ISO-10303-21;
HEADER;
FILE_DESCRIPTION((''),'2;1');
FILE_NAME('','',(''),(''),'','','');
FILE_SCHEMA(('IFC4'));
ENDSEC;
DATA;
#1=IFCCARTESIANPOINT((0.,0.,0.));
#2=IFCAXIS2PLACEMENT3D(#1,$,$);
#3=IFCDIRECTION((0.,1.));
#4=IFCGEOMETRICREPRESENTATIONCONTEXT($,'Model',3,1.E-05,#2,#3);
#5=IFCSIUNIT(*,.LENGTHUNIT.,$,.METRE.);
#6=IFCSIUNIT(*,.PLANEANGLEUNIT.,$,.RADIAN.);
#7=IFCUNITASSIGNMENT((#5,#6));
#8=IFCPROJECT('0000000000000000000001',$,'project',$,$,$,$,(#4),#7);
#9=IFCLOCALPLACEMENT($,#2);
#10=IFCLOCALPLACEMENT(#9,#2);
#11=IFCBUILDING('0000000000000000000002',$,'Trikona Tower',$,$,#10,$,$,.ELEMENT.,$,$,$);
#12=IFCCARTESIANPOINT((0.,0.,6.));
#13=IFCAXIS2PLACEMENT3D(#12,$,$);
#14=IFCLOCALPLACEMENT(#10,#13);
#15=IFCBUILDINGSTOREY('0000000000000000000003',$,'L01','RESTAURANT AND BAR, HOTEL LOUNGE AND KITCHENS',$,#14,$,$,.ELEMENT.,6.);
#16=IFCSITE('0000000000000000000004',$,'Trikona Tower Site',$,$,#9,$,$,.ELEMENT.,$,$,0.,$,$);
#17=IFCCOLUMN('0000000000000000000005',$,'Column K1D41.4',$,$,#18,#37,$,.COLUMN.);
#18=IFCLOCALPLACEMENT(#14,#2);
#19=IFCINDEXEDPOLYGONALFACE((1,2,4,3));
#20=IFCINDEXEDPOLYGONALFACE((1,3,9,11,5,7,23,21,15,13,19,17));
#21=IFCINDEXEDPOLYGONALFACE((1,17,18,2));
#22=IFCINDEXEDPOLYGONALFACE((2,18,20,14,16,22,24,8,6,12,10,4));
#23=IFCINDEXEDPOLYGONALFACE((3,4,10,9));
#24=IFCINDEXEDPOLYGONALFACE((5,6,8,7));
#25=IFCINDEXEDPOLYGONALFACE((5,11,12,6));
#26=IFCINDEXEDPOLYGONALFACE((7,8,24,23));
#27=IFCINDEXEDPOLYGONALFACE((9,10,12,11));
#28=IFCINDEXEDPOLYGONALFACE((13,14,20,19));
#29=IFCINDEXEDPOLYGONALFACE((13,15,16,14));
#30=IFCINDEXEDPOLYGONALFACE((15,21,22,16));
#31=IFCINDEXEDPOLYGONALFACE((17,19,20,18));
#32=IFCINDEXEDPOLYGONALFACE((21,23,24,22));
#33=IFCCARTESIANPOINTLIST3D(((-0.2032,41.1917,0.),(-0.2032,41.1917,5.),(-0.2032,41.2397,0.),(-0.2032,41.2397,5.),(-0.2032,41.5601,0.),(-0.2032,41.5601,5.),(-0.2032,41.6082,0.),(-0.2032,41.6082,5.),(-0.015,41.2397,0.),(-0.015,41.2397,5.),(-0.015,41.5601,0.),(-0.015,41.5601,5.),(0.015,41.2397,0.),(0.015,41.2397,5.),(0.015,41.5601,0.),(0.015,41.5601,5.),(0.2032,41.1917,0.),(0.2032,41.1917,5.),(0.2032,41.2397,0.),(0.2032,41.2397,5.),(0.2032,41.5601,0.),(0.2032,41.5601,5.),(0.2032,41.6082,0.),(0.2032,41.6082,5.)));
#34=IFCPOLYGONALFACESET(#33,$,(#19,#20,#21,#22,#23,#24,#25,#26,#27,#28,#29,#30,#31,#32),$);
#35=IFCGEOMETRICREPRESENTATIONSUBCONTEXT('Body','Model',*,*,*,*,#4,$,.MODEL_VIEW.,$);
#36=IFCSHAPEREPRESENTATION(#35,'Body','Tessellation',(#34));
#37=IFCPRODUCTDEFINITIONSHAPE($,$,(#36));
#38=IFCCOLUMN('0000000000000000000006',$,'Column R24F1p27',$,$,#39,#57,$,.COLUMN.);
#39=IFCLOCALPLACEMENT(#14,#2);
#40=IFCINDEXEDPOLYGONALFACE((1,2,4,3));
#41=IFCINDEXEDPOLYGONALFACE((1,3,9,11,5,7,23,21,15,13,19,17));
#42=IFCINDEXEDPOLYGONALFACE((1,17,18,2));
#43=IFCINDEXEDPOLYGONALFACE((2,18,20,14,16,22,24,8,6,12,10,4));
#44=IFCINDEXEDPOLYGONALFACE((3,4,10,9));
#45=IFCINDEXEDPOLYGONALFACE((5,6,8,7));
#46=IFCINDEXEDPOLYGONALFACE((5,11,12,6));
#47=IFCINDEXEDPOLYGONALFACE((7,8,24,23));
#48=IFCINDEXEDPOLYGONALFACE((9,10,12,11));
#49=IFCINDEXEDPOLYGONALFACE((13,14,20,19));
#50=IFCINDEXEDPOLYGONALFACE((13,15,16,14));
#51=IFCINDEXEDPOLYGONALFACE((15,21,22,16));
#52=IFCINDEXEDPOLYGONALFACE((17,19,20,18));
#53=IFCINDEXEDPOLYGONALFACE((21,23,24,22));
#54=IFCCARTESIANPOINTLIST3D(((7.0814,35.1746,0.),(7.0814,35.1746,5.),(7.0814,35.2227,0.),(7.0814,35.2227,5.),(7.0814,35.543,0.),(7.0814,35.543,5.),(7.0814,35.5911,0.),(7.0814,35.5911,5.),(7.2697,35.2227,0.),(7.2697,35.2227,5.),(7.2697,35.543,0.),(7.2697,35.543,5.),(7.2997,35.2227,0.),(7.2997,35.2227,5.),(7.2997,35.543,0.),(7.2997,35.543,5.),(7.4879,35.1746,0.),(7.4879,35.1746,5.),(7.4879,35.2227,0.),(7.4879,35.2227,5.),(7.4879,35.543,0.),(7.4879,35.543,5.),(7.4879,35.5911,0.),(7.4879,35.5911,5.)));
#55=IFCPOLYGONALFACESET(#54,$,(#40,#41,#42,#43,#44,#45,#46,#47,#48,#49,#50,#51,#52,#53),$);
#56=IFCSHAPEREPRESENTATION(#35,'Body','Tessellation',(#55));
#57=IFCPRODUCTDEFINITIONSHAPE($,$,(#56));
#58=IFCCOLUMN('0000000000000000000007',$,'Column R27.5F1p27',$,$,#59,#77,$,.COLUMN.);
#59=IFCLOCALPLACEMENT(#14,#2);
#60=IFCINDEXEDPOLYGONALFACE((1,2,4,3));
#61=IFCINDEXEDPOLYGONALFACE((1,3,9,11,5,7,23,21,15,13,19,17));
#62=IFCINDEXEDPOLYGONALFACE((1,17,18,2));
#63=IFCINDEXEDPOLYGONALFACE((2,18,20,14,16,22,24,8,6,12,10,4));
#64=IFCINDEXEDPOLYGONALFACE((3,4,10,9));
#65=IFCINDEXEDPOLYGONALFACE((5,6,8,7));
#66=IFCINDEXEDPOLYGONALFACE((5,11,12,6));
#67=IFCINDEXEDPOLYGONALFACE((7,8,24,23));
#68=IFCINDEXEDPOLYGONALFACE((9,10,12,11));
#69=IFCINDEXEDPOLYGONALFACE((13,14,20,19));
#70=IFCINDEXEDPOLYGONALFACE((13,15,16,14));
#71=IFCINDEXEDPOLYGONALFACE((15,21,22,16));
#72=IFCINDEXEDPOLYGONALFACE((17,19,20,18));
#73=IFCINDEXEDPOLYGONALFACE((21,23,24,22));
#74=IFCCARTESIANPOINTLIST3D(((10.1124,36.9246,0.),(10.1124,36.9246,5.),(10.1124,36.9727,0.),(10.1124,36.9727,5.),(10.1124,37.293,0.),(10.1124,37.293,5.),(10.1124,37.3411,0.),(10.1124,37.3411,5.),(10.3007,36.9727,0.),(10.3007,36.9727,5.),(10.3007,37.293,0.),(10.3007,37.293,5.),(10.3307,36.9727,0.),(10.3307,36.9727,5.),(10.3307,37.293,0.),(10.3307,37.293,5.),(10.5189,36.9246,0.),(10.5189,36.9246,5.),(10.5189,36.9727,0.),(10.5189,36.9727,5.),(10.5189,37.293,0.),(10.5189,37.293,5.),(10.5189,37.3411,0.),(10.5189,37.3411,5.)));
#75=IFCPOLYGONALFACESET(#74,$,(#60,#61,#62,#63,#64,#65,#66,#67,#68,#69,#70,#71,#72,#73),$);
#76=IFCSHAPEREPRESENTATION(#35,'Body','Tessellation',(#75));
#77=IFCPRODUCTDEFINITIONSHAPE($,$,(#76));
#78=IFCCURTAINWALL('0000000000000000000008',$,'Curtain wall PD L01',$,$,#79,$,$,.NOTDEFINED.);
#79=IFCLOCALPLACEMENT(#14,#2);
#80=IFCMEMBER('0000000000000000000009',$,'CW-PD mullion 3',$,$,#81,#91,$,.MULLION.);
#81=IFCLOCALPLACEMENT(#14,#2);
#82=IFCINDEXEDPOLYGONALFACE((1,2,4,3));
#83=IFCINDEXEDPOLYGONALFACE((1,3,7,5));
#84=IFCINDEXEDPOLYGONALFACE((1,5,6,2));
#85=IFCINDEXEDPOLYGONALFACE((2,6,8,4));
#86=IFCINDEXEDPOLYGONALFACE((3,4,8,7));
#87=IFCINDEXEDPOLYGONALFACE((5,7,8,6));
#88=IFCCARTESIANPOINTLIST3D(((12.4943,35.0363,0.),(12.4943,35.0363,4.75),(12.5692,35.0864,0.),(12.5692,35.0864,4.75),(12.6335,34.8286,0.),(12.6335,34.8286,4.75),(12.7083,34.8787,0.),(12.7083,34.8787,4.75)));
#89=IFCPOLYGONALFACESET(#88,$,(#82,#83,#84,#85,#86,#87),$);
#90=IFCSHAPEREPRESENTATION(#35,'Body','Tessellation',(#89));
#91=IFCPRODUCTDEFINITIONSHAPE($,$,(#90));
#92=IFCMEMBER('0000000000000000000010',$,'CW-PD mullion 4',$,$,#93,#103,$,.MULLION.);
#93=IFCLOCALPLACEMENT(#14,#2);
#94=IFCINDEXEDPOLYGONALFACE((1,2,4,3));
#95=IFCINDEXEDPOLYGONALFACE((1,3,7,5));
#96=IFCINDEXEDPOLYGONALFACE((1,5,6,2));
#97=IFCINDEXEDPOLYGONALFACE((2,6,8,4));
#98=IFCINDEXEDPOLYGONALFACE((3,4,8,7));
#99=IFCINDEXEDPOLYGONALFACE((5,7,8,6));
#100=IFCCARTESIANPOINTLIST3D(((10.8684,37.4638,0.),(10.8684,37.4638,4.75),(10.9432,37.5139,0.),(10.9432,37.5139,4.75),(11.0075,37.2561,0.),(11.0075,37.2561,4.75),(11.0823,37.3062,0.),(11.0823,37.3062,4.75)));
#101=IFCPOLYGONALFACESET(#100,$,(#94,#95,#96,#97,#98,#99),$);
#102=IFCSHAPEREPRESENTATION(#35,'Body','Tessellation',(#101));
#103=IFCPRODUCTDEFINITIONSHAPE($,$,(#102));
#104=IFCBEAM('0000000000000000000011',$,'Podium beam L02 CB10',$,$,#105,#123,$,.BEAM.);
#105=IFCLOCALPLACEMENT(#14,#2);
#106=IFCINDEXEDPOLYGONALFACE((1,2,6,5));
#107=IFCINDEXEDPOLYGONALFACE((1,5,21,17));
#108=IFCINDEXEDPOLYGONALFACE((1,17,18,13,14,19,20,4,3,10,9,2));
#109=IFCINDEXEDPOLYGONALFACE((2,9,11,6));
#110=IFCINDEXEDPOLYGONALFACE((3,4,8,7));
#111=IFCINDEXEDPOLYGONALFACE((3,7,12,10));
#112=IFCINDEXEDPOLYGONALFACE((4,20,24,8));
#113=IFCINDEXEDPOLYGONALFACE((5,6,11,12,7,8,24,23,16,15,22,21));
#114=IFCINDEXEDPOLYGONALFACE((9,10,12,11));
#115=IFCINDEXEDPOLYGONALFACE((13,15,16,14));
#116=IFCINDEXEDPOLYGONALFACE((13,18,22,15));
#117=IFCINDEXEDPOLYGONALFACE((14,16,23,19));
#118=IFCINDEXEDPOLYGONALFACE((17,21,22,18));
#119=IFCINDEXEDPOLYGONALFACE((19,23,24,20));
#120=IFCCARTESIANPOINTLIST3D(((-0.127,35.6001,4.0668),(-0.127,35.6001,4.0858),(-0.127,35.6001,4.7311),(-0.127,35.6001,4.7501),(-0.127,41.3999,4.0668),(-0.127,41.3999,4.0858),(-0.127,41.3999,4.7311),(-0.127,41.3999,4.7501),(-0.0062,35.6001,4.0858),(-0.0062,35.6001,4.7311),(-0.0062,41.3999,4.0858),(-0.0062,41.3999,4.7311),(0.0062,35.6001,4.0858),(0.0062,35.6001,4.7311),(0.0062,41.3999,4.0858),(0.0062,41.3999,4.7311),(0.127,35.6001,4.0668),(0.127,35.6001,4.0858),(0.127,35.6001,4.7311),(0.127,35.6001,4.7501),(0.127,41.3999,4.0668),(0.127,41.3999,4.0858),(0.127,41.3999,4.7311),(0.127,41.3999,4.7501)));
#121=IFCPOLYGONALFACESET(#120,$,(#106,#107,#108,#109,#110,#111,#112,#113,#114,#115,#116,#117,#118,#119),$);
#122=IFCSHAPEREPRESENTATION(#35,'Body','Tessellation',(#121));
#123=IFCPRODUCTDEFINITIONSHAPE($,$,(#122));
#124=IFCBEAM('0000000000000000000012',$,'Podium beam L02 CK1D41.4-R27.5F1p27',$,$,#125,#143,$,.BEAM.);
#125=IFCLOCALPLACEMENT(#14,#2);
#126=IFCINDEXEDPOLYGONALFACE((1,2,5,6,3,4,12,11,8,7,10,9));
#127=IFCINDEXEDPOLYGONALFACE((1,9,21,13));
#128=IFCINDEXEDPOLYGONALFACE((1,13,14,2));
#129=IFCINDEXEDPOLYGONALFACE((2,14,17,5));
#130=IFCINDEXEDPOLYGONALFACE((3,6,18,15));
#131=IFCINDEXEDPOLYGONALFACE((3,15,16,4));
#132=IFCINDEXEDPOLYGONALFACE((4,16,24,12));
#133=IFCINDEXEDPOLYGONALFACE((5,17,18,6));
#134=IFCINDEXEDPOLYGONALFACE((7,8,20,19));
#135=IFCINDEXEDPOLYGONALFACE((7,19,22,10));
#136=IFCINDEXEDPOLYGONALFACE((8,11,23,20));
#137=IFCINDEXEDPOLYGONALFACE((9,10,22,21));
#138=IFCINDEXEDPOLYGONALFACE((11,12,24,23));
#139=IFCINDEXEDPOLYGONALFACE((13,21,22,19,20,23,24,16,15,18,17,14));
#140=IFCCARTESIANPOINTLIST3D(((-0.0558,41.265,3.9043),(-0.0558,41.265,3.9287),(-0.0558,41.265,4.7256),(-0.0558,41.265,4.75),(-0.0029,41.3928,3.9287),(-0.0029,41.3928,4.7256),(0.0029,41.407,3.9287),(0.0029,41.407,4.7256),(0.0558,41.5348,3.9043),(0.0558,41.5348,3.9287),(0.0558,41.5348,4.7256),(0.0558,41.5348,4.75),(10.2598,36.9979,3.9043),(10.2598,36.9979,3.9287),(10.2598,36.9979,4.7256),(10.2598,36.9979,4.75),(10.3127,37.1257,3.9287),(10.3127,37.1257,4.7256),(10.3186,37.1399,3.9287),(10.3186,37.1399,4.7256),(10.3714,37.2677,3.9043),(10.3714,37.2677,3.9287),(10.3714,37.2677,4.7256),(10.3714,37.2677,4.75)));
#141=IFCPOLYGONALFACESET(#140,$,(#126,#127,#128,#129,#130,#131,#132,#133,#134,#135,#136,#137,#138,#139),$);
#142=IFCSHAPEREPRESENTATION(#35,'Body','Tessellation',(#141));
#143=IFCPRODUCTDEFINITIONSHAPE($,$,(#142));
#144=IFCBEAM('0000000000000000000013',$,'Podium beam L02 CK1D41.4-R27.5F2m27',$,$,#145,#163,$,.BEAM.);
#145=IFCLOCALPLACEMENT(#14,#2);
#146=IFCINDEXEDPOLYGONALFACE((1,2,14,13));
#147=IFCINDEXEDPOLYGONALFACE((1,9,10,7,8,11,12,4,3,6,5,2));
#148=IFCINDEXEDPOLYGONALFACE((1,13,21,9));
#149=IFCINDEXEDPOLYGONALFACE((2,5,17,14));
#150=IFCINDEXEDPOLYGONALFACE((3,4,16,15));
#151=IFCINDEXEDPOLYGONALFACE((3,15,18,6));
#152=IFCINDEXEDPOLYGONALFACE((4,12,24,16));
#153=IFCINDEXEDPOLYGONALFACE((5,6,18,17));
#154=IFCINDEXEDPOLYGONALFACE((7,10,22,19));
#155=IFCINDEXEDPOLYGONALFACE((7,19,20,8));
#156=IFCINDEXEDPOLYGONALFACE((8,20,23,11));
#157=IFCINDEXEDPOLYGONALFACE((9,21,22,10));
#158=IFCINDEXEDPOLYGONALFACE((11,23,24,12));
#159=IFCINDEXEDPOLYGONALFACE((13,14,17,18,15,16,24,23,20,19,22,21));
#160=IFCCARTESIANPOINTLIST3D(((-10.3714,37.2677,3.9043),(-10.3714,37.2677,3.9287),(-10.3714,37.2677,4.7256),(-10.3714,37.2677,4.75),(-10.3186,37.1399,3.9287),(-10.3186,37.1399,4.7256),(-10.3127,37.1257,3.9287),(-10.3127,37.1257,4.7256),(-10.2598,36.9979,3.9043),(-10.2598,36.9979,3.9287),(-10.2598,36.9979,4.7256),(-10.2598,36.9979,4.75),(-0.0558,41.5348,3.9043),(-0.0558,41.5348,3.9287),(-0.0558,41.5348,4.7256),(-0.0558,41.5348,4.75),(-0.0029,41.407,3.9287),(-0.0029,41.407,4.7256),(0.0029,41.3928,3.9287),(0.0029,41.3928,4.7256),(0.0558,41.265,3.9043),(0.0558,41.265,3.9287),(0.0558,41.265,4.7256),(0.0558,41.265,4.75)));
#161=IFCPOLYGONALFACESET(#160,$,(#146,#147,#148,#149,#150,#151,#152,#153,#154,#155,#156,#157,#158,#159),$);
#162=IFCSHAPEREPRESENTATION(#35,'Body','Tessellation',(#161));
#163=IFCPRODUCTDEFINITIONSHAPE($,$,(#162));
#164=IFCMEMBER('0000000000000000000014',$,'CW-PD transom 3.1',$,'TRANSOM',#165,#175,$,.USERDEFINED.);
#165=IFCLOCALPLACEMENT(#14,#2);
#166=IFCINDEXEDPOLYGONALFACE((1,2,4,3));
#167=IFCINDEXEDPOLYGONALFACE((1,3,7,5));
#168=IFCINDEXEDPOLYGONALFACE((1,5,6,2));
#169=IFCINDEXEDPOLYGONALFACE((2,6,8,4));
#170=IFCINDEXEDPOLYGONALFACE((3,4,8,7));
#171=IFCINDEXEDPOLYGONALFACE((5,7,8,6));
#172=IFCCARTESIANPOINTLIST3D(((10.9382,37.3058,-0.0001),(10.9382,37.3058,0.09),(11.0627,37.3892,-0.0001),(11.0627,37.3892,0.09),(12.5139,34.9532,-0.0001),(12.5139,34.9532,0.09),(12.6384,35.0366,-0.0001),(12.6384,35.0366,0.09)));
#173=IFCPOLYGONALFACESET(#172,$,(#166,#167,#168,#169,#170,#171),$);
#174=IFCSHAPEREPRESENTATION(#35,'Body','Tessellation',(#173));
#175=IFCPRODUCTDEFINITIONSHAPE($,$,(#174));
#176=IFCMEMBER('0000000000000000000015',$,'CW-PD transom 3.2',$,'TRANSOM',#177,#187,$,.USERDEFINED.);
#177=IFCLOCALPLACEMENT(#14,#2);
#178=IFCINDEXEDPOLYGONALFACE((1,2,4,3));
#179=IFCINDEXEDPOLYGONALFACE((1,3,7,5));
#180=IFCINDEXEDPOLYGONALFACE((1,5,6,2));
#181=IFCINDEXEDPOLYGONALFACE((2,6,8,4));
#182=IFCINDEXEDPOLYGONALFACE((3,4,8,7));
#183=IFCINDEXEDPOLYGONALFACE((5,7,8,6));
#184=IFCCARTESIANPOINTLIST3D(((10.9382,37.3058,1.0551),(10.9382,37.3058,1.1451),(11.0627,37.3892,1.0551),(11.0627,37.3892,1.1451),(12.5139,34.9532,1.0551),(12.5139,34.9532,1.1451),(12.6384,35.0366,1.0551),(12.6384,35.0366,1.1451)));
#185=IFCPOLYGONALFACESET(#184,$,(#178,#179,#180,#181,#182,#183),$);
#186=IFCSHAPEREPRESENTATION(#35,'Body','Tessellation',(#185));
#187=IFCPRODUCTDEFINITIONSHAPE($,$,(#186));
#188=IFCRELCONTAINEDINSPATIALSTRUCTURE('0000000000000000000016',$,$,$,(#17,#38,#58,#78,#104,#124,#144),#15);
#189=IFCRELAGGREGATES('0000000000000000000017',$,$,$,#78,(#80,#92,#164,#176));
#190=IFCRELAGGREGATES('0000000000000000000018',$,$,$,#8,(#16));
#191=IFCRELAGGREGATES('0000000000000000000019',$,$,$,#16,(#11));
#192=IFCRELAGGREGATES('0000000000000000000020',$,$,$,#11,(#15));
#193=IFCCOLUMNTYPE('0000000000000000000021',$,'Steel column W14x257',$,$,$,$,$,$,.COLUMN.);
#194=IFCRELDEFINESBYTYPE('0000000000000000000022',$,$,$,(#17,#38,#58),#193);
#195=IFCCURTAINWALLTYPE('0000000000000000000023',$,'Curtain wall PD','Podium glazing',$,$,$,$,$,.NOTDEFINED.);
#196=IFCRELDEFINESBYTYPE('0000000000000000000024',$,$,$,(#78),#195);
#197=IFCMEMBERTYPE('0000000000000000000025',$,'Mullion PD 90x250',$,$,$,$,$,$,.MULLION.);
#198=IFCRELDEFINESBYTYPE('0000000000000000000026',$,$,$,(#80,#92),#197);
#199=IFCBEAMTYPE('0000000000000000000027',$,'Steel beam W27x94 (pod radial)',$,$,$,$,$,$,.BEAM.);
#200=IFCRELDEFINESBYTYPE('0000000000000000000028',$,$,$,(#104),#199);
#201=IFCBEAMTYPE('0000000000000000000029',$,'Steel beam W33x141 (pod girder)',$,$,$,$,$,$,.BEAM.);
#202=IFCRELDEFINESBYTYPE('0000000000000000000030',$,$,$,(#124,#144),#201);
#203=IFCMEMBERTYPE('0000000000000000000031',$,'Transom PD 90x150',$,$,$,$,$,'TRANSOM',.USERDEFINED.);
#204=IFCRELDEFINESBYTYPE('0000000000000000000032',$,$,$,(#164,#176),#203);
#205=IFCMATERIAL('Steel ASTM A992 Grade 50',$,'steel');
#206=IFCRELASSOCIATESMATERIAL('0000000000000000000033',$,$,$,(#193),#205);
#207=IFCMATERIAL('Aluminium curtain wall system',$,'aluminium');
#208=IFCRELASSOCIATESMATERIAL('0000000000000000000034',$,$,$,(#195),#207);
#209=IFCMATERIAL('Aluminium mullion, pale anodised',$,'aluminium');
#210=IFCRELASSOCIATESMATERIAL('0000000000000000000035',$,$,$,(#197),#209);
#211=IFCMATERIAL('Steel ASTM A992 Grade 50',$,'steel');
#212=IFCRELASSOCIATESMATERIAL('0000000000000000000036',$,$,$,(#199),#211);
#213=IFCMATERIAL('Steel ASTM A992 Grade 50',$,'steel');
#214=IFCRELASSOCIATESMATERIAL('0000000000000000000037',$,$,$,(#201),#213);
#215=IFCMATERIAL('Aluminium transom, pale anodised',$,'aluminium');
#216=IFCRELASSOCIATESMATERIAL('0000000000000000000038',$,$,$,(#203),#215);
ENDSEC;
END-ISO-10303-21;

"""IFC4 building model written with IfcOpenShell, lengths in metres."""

from ifc_helpers import new_model, si_unit, direction, frame, origin, origin_2d, place, context, subcontext, project, spatial, rectangle, i_section, extrude, material, material_profile, profile_set, type_object, element, aggregate, save


model = new_model("IFC4")

# Units and contexts
model_context = context("Model", 3, precision=1e-05, world=origin(), true_north=direction((0.0, 1.0)))
body_context = subcontext(model_context, "Body", "Model", "MODEL_VIEW")
ifc_project = project(units=[si_unit("LENGTHUNIT", "METRE"), si_unit("PLANEANGLEUNIT", "RADIAN")], contexts=[model_context])

# Site, building, storey
site_placement = place(None, origin())
site = spatial("IfcSite", under=ifc_project, at=site_placement, Name="Trikona Tower Site", CompositionType="ELEMENT", RefElevation=0.0)
building_placement = place(site_placement, origin())
building = spatial("IfcBuilding", under=site, at=building_placement, Name="Trikona Tower", CompositionType="ELEMENT")
storey_placement = place(building_placement, frame((0.0, 0.0, 6.0)))
storey = spatial("IfcBuildingStorey", under=building, at=storey_placement, Name="L01", Description="RESTAURANT AND BAR, HOTEL LOUNGE AND KITCHENS", CompositionType="ELEMENT", Elevation=6.0)

# Columns
ifc_material_1 = material(Name="Steel ASTM A992 Grade 50", Category="steel")
ifc_material_profile_1 = material_profile(ifc_material_1, i_section(OverallWidth=0.4065, OverallDepth=0.4165, WebThickness=0.03, FlangeThickness=0.0481, at=origin_2d()), Name="W14X257")
ifc_profile_set_1 = profile_set([ifc_material_profile_1], Name="Steel ASTM A992 Grade 50")
column_type = type_object("IfcColumnType", Name="Steel column W14x257", PredefinedType="COLUMN", material=ifc_profile_set_1)
for number, where, z_axis, x_axis, name in (
    (1, (0.0, 41.3999, 0.0), (0.0, 0.0, 1.0), (1.0, 0.0, 0.0), "Column K1D41.4"),
    (2, (7.2847, 35.3828, 0.0), (0.0, 0.0, 1.0), (1.0, 0.0, 0.0), "Column R24F1p27"),
    (3, (10.3157, 37.1328, 0.0), (0.0, 0.0, 1.0), (1.0, 0.0, 0.0), "Column R27.5F1p27"),
):
    element("IfcColumn", number, at=place(storey_placement, frame(where, z_axis=z_axis, x_axis=x_axis)), inside=storey, type_object=column_type, Name=name, PredefinedType="COLUMN", context=body_context, shape_type="SweptSolid", body=[
        extrude(i_section(OverallWidth=0.4065, OverallDepth=0.4165, WebThickness=0.03, FlangeThickness=0.0481, at=origin_2d()), origin(), (0.0, 0.0, 1.0), 5.0),
    ])

# Curtain wall, members
ifc_material_2 = material(Name="Aluminium curtain wall system", Category="aluminium")
curtain_wall_type = type_object("IfcCurtainWallType", Name="Curtain wall PD", Description="Podium glazing", PredefinedType="NOTDEFINED", material=ifc_material_2)
curtain_wall_placement = place(storey_placement, origin())
curtain_wall = element("IfcCurtainWall", 4, at=curtain_wall_placement, inside=storey, type_object=curtain_wall_type, Name="Curtain wall PD L01", PredefinedType="NOTDEFINED")
ifc_material_3 = material(Name="Aluminium mullion, pale anodised", Category="aluminium")
ifc_material_profile_2 = material_profile(ifc_material_3, rectangle(XDim=0.0901, YDim=0.25, at=origin_2d()), Name="MUL-PD")
ifc_profile_set_2 = profile_set([ifc_material_profile_2], Name="Aluminium mullion, pale anodised")
member_type_1 = type_object("IfcMemberType", Name="Mullion PD 90x250", PredefinedType="MULLION", material=ifc_profile_set_2)
member_1_placement = place(storey_placement, frame((12.6013, 34.9575, 0.0), z_axis=(0.0, 0.0, 1.0), x_axis=(-0.830852, -0.556493, 0.0)))
member_1 = element("IfcMember", 5, at=member_1_placement, type_object=member_type_1, Name="CW-PD mullion 3", PredefinedType="MULLION", context=body_context, shape_type="SweptSolid", body=[
    extrude(rectangle(XDim=0.0901, YDim=0.25, at=origin_2d()), origin(), (0.0, 0.0, 1.0), 4.75),
])
member_2_placement = place(storey_placement, frame((10.9753, 37.385, 0.0), z_axis=(0.0, 0.0, 1.0), x_axis=(-0.830852, -0.556493, 0.0)))
member_2 = element("IfcMember", 6, at=member_2_placement, type_object=member_type_1, Name="CW-PD mullion 4", PredefinedType="MULLION", context=body_context, shape_type="SweptSolid", body=[
    extrude(rectangle(XDim=0.0901, YDim=0.25, at=origin_2d()), origin(), (0.0, 0.0, 1.0), 4.75),
])

# Beams
ifc_material_4 = material(Name="Steel ASTM A992 Grade 50", Category="steel")
ifc_material_profile_3 = material_profile(ifc_material_4, i_section(OverallWidth=0.2539, OverallDepth=0.6833, WebThickness=0.0125, FlangeThickness=0.019, at=origin_2d()), Name="W27X94")
ifc_profile_set_3 = profile_set([ifc_material_profile_3], Name="Steel ASTM A992 Grade 50")
beam_type_1 = type_object("IfcBeamType", Name="Steel beam W27x94 (pod radial)", PredefinedType="BEAM", material=ifc_profile_set_3)
beam_placement = place(storey_placement, frame((0.0, 35.6001, 4.4084), z_axis=(0.0, 1.0, 0.0), x_axis=(-1.0, 0.0, 0.0)))
element("IfcBeam", 7, at=beam_placement, inside=storey, type_object=beam_type_1, Name="Podium beam L02 CB10", PredefinedType="BEAM", context=body_context, shape_type="SweptSolid", body=[
    extrude(i_section(OverallWidth=0.2539, OverallDepth=0.6833, WebThickness=0.0125, FlangeThickness=0.019, at=origin_2d()), origin(), (0.0, 0.0, 1.0), 5.7998),
])
ifc_material_5 = material(Name="Steel ASTM A992 Grade 50", Category="steel")
ifc_material_profile_4 = material_profile(ifc_material_5, i_section(OverallWidth=0.292, OverallDepth=0.8457, WebThickness=0.0154, FlangeThickness=0.0244, at=origin_2d()), Name="W33X141")
ifc_profile_set_4 = profile_set([ifc_material_profile_4], Name="Steel ASTM A992 Grade 50")
beam_type_2 = type_object("IfcBeamType", Name="Steel beam W33x141 (pod girder)", PredefinedType="BEAM", material=ifc_profile_set_4)
for number, where, z_axis, x_axis, name in (
    (8, (0.0, 41.3999, 4.3271), (0.924063, -0.38224, 0.0), (0.38224, 0.924063, 0.0), "Podium beam L02 CK1D41.4-R27.5F1p27"),
    (9, (0.0, 41.3999, 4.3271), (-0.924063, -0.38224, 0.0), (0.38224, -0.924063, 0.0), "Podium beam L02 CK1D41.4-R27.5F2m27"),
):
    element("IfcBeam", number, at=place(storey_placement, frame(where, z_axis=z_axis, x_axis=x_axis)), inside=storey, type_object=beam_type_2, Name=name, PredefinedType="BEAM", context=body_context, shape_type="SweptSolid", body=[
        extrude(i_section(OverallWidth=0.292, OverallDepth=0.8457, WebThickness=0.0154, FlangeThickness=0.0244, at=origin_2d()), origin(), (0.0, 0.0, 1.0), 11.1633),
    ])

# Members
ifc_material_6 = material(Name="Aluminium transom, pale anodised", Category="aluminium")
ifc_material_profile_5 = material_profile(ifc_material_6, rectangle(XDim=0.1499, YDim=0.0901, at=origin_2d()), Name="TRN-PD")
ifc_profile_set_5 = profile_set([ifc_material_profile_5], Name="Aluminium transom, pale anodised")
member_type_2 = type_object("IfcMemberType", Name="Transom PD 90x150", ElementType="TRANSOM", PredefinedType="USERDEFINED", material=ifc_profile_set_5)
member_3_placement = place(storey_placement, frame((12.5762, 34.9949, 0.0449), z_axis=(-0.55649, 0.830854, 0.0), x_axis=(-0.830854, -0.55649, 0.0)))
member_3 = element("IfcMember", 10, at=member_3_placement, type_object=member_type_2, Name="CW-PD transom 3.1", ObjectType="TRANSOM", PredefinedType="USERDEFINED", context=body_context, shape_type="SweptSolid", body=[
    extrude(rectangle(XDim=0.1499, YDim=0.0901, at=origin_2d()), origin(), (0.0, 0.0, 1.0), 2.8315),
])
member_4_placement = place(storey_placement, frame((12.5762, 34.9949, 1.1001), z_axis=(-0.55649, 0.830854, 0.0), x_axis=(-0.830854, -0.55649, 0.0)))
member_4 = element("IfcMember", 11, at=member_4_placement, type_object=member_type_2, Name="CW-PD transom 3.2", ObjectType="TRANSOM", PredefinedType="USERDEFINED", context=body_context, shape_type="SweptSolid", body=[
    extrude(rectangle(XDim=0.1499, YDim=0.0901, at=origin_2d()), origin(), (0.0, 0.0, 1.0), 2.8315),
])

aggregate(curtain_wall, [member_1, member_2, member_3, member_4])

save(model, "model.ifc")
